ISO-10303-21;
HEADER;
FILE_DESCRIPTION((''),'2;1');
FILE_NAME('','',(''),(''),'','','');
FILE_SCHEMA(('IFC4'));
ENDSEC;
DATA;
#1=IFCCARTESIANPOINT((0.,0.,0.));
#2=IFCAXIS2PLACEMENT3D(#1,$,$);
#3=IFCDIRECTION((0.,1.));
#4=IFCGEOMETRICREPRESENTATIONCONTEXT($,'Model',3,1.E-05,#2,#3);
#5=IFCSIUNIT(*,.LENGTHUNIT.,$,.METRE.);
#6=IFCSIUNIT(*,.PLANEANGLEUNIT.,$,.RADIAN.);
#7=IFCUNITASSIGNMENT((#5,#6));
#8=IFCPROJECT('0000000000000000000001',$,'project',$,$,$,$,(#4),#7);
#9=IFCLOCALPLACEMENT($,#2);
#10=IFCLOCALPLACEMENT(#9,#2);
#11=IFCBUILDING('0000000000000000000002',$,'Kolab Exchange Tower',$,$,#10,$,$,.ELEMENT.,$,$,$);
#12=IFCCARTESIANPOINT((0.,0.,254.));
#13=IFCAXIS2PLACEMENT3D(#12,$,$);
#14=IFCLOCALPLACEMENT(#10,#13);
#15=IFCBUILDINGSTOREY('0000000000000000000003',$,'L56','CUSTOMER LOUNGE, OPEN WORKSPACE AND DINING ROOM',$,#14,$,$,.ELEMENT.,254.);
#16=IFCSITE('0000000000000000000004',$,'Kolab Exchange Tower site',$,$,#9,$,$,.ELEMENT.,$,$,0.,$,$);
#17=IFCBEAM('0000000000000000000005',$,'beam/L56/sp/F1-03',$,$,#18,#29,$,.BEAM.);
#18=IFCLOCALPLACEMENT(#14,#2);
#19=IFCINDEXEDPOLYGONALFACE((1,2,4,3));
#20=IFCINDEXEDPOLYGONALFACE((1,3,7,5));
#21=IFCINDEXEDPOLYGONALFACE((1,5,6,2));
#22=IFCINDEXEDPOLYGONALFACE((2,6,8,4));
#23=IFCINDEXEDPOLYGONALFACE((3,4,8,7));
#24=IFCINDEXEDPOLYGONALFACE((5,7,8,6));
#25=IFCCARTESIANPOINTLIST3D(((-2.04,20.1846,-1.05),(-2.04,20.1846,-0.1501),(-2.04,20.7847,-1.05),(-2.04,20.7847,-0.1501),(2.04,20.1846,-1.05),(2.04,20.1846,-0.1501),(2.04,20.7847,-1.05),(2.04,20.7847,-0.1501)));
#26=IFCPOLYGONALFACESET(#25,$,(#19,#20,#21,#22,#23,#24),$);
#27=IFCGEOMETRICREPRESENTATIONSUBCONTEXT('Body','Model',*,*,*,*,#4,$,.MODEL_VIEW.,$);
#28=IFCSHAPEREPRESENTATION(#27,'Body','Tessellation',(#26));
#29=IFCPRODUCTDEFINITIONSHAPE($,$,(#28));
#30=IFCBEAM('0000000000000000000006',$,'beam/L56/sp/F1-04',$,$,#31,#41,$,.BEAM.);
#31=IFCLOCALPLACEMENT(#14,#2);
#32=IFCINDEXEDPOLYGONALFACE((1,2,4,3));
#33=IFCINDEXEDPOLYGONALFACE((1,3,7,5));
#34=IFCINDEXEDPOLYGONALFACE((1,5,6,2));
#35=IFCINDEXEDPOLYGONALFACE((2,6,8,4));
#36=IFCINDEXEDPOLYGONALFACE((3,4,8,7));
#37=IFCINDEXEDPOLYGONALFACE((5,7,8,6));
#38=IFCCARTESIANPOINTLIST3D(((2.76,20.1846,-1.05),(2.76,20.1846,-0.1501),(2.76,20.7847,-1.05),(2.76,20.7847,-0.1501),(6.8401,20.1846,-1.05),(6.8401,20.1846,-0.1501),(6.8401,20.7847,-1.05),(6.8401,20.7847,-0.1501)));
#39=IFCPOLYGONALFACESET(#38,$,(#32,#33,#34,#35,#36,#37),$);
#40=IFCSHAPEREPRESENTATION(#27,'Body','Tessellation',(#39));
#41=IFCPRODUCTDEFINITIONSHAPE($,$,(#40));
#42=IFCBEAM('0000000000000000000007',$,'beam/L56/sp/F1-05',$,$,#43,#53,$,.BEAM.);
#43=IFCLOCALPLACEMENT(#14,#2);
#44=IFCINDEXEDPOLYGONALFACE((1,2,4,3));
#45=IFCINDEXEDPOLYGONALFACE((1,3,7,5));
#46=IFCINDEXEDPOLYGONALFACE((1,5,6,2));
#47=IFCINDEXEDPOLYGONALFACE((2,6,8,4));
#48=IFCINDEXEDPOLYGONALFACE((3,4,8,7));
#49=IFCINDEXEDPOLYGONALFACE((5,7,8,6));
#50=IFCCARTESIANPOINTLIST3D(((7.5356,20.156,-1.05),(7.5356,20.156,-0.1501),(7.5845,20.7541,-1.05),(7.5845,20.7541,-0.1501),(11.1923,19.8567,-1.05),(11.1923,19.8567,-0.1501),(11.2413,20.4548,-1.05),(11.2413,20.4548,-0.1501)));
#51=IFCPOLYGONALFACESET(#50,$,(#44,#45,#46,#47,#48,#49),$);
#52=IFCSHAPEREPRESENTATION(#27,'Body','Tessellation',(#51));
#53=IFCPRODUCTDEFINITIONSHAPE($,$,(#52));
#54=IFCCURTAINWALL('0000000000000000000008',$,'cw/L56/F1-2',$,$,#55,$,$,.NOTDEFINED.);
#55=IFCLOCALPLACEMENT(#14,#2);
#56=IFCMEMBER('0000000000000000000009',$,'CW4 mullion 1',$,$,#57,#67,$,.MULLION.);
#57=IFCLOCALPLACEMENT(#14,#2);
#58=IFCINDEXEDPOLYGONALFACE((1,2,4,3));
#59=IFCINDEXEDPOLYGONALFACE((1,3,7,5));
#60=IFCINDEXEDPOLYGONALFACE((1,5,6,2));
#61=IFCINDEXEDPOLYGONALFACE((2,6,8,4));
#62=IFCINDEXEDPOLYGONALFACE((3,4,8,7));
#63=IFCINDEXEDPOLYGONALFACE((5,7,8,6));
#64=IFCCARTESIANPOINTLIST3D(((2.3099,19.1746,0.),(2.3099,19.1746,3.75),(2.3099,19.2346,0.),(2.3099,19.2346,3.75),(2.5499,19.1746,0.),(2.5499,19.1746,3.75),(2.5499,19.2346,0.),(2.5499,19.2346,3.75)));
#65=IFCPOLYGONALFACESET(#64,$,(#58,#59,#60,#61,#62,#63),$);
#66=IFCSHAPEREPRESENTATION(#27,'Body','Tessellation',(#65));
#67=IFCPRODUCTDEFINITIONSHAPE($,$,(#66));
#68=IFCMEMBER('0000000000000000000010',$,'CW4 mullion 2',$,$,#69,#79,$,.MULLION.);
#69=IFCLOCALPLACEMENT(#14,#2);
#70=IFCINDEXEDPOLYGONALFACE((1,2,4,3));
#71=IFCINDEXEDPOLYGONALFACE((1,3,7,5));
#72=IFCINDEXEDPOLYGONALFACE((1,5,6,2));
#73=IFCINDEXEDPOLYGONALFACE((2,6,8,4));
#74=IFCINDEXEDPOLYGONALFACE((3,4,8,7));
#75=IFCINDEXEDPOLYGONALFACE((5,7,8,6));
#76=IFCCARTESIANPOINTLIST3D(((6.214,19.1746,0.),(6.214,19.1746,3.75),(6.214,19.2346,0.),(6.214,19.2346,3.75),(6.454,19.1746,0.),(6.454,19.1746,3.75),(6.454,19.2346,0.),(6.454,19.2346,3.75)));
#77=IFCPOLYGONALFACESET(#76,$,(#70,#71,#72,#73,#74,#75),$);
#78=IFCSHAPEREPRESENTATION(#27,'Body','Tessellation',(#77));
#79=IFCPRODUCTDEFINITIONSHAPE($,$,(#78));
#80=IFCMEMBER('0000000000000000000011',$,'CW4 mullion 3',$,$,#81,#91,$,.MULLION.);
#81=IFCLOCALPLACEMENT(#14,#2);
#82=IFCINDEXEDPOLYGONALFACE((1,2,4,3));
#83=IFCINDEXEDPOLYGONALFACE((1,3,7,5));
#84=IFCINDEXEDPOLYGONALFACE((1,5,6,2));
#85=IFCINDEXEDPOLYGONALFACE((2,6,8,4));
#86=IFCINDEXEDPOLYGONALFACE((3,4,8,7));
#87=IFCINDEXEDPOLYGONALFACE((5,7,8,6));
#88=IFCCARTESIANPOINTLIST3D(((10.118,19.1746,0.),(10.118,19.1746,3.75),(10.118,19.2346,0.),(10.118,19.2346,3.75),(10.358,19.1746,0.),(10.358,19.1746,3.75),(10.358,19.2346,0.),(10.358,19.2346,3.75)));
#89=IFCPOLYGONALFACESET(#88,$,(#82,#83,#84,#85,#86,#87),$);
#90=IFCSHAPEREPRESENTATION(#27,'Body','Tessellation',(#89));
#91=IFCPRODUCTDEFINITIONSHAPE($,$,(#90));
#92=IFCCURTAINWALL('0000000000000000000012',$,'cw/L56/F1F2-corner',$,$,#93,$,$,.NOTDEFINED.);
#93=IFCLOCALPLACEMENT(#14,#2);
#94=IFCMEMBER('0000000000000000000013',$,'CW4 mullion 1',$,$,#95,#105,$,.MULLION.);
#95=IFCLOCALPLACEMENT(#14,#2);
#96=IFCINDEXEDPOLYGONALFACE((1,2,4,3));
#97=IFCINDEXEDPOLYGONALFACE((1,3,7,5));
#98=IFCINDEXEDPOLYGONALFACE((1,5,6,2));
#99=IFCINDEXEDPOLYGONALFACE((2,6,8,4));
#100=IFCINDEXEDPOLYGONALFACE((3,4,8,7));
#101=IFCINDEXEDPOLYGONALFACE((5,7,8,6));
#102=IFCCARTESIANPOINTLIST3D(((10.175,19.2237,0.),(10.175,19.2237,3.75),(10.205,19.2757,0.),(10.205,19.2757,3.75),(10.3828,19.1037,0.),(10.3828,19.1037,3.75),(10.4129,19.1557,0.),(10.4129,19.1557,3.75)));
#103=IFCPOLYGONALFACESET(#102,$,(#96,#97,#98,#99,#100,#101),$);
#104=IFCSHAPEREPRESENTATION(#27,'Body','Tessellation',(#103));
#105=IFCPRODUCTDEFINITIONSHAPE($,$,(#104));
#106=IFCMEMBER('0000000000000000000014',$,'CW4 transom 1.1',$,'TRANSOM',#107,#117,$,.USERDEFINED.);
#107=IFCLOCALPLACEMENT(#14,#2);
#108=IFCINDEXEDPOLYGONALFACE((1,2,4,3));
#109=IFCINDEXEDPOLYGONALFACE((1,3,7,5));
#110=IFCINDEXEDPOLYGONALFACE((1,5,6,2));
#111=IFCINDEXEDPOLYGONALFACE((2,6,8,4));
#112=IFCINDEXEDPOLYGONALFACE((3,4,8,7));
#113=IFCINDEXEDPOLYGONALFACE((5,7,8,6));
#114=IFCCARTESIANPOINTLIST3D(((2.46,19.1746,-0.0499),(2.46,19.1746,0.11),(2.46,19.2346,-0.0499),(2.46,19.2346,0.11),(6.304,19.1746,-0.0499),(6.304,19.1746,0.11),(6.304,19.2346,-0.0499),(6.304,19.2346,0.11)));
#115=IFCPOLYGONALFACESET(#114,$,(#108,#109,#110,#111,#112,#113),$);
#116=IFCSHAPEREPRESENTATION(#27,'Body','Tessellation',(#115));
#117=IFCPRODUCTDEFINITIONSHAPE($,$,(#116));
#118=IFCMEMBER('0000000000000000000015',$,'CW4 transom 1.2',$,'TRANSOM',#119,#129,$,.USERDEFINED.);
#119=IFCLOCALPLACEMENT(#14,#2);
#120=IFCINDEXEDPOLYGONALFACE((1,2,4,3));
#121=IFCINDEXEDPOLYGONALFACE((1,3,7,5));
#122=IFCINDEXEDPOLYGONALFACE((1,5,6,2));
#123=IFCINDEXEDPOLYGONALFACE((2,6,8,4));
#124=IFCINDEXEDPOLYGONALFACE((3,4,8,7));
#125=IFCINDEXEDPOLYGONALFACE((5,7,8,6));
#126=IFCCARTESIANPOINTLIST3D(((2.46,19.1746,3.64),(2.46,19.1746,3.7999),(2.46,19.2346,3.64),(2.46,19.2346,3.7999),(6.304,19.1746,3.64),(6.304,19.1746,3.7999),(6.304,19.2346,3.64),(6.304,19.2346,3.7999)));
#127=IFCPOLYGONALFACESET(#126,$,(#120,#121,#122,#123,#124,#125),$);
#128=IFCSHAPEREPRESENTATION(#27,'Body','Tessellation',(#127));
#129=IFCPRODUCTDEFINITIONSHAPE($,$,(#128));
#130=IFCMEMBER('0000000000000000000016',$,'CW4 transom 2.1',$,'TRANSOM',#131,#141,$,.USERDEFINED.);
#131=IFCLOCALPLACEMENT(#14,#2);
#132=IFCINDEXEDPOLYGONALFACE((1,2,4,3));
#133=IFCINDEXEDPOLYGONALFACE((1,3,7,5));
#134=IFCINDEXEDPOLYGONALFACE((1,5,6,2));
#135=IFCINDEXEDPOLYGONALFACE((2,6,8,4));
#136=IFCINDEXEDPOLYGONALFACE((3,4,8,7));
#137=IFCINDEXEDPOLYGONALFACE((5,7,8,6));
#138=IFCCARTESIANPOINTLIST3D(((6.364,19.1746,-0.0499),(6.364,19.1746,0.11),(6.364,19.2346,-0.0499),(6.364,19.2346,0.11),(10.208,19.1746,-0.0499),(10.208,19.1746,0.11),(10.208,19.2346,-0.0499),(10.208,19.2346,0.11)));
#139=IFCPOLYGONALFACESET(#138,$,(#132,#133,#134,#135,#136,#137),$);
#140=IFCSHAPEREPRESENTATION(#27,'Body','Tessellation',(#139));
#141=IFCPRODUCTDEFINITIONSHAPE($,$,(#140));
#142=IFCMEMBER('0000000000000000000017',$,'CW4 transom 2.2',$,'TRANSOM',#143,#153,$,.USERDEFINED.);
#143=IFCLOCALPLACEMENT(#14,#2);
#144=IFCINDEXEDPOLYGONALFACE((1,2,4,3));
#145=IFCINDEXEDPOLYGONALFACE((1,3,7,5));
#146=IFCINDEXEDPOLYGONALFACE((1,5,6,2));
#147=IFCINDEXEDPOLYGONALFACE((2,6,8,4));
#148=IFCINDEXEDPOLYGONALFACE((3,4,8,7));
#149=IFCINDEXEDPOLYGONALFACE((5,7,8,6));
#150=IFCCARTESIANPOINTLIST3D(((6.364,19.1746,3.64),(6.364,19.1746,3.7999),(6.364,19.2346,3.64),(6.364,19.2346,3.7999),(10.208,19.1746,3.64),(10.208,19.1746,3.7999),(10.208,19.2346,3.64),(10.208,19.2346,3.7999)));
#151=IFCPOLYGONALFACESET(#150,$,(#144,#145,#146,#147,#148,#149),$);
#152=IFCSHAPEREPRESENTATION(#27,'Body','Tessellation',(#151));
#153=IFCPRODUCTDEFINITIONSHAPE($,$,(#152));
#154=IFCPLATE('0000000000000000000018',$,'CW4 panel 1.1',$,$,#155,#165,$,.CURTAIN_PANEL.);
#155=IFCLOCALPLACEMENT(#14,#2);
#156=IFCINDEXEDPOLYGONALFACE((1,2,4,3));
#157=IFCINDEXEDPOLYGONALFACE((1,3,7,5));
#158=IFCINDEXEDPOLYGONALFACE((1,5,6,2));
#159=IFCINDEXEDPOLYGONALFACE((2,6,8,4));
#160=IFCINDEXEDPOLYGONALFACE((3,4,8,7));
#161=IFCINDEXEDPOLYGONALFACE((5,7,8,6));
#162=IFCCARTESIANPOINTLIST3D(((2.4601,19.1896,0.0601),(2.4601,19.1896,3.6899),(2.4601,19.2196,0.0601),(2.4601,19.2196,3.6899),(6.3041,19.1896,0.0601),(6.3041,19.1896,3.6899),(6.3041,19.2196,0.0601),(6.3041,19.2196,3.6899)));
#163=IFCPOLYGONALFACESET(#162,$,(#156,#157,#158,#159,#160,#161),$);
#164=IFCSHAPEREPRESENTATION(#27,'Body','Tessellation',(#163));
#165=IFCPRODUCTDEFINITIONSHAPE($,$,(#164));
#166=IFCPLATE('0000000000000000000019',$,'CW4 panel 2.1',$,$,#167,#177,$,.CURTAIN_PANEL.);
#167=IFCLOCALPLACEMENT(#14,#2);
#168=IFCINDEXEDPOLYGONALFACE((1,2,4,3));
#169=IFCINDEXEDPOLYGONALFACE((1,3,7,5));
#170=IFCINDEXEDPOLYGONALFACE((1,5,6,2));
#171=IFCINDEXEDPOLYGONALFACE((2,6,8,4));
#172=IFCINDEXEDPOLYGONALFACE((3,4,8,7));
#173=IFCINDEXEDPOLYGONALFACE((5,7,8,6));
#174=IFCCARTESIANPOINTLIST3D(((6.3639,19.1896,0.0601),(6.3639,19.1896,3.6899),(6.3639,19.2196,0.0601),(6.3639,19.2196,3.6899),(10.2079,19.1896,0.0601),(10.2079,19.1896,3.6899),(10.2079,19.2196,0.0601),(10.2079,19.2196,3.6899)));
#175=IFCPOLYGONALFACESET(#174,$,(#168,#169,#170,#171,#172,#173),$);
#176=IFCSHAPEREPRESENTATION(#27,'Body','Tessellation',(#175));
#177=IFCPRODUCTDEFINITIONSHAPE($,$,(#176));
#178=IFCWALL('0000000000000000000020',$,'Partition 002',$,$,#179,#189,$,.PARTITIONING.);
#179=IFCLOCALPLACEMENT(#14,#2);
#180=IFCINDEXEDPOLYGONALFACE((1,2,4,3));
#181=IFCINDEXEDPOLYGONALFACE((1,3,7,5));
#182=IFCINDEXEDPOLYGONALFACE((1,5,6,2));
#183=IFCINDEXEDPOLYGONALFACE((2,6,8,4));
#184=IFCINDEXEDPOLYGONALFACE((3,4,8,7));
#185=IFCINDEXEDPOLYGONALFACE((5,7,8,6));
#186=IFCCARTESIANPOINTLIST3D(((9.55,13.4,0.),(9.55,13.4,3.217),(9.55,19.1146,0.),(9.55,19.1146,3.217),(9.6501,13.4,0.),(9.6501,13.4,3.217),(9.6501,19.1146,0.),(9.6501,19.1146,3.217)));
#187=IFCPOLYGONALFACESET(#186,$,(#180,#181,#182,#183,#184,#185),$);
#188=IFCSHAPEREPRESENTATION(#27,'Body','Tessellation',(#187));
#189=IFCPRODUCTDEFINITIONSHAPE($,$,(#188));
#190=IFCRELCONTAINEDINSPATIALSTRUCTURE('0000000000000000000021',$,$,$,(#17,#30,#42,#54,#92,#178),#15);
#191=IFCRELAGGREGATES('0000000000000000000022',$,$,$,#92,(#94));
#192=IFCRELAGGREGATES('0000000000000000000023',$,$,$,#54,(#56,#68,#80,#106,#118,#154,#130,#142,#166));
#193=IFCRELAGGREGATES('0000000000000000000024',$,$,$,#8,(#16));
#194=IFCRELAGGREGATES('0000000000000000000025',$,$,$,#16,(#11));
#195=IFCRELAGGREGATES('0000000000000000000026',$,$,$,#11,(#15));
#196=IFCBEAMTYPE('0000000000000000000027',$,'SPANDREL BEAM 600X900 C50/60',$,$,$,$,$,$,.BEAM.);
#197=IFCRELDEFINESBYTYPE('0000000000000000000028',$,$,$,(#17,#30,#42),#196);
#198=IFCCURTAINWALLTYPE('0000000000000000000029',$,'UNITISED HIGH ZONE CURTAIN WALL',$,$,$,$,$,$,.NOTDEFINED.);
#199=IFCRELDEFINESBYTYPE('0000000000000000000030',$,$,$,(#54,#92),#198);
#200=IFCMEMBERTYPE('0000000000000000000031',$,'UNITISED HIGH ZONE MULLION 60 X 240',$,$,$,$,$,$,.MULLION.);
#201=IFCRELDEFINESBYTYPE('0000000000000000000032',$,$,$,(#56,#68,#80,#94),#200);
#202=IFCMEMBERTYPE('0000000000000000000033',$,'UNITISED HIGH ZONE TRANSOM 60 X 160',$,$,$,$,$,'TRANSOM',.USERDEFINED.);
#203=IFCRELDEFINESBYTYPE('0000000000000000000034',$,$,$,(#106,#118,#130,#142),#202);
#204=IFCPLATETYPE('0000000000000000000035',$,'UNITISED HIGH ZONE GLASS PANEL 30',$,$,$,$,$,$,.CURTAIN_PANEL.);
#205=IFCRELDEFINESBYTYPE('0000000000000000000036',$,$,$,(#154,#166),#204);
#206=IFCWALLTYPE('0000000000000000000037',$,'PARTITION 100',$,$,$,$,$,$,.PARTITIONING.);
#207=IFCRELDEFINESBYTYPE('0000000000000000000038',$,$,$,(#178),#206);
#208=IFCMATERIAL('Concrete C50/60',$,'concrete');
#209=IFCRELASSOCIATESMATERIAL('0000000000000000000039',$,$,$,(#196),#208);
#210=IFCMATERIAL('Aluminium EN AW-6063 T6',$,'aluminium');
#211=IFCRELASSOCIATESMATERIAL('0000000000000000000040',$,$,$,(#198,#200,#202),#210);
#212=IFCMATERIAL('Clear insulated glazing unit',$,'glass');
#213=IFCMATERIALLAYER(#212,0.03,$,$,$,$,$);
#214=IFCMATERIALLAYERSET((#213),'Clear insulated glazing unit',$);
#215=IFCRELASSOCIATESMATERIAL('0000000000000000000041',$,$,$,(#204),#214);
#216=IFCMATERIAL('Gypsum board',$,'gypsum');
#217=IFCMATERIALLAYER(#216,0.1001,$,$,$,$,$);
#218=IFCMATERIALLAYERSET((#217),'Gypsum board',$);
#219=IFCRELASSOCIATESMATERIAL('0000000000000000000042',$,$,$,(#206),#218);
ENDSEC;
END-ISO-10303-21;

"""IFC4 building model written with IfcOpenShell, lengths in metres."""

from ifc_helpers import new_model, si_unit, direction, frame, frame_2d, origin, origin_2d, place, context, subcontext, project, spatial, rectangle, extrude, material, layer, layer_set, material_profile, profile_set, type_object, element, aggregate, save


model = new_model("IFC4")

# Units and contexts
model_context = context("Model", 3, precision=1e-05, world=origin(), true_north=direction((0.0, 1.0)))
body_context = subcontext(model_context, "Body", "Model", "MODEL_VIEW")
ifc_project = project(units=[si_unit("LENGTHUNIT", "METRE"), si_unit("PLANEANGLEUNIT", "RADIAN")], contexts=[model_context])

# Site, building, storey
site_placement = place(None, origin())
site = spatial("IfcSite", under=ifc_project, at=site_placement, Name="Kolab Exchange Tower site", CompositionType="ELEMENT", RefElevation=0.0)
building_placement = place(site_placement, origin())
building = spatial("IfcBuilding", under=site, at=building_placement, Name="Kolab Exchange Tower", CompositionType="ELEMENT")
storey_placement = place(building_placement, frame((0.0, 0.0, 254.0)))
storey = spatial("IfcBuildingStorey", under=building, at=storey_placement, Name="L56", Description="CUSTOMER LOUNGE, OPEN WORKSPACE AND DINING ROOM", CompositionType="ELEMENT", Elevation=254.0)

# Shared definitions
ifc_material_1 = material(Name="Concrete C50/60", Category="concrete")

# Beams
ifc_material_profile_1 = material_profile(ifc_material_1, rectangle(XDim=0.6001, YDim=0.8999, at=origin_2d()), Name="RC600X900")
ifc_profile_set_1 = profile_set([ifc_material_profile_1], Name="Concrete C50/60")
beam_type_1 = type_object("IfcBeamType", Name="SPANDREL BEAM 600X900 C50/60", PredefinedType="BEAM", material=ifc_profile_set_1)
for number, where, z_axis, x_axis, name in (
    (1, (-2.04, 20.4846, -0.6001), (1.0, 0.0, 0.0), (0.0, 1.0, 0.0), "beam/L56/sp/F1-03"),
    (2, (2.76, 20.4846, -0.6001), (1.0, 0.0, 0.0), (0.0, 1.0, 0.0), "beam/L56/sp/F1-04"),
):
    element("IfcBeam", number, at=place(storey_placement, frame(where, z_axis=z_axis, x_axis=x_axis)), inside=storey, type_object=beam_type_1, Name=name, PredefinedType="BEAM", context=body_context, shape_type="SweptSolid", body=[
        extrude(rectangle(XDim=0.6001, YDim=0.8999, at=origin_2d()), origin(), (0.0, 0.0, 1.0), 4.0801),
    ])
beam_1_placement = place(storey_placement, frame((7.5601, 20.4551, -0.6001), z_axis=(0.996667, -0.081581, 0.0), x_axis=(0.081581, 0.996667, 0.0)))
element("IfcBeam", 3, at=beam_1_placement, inside=storey, type_object=beam_type_1, Name="beam/L56/sp/F1-05", PredefinedType="BEAM", context=body_context, shape_type="SweptSolid", body=[
    extrude(rectangle(XDim=0.6001, YDim=0.8999, at=origin_2d()), origin(), (0.0, 0.0, 1.0), 3.6689),
])

# Curtain wall, members
ifc_material_2 = material(Name="Aluminium EN AW-6063 T6", Category="aluminium")
curtain_wall_type = type_object("IfcCurtainWallType", Name="UNITISED HIGH ZONE CURTAIN WALL", PredefinedType="NOTDEFINED", material=ifc_material_2)
curtain_wall_1_placement = place(storey_placement, origin())
curtain_wall_1 = element("IfcCurtainWall", 4, at=curtain_wall_1_placement, inside=storey, type_object=curtain_wall_type, Name="cw/L56/F1-2", PredefinedType="NOTDEFINED")
ifc_material_profile_2 = material_profile(ifc_material_2, rectangle(XDim=0.0601, YDim=0.24, at=origin_2d()), Name="RECT 60X240")
ifc_profile_set_2 = profile_set([ifc_material_profile_2], Name="Aluminium EN AW-6063 T6")
member_type_1 = type_object("IfcMemberType", Name="UNITISED HIGH ZONE MULLION 60 X 240", PredefinedType="MULLION", material=ifc_profile_set_2)
member_1_placement = place(storey_placement, frame((2.4299, 19.2046, 0.0), z_axis=(0.0, 0.0, 1.0), x_axis=(0.0, 1.0, 0.0)))
member_1 = element("IfcMember", 5, at=member_1_placement, type_object=member_type_1, Name="CW4 mullion 1", PredefinedType="MULLION", context=body_context, shape_type="SweptSolid", body=[
    extrude(rectangle(XDim=0.0601, YDim=0.24, at=origin_2d()), origin(), (0.0, 0.0, 1.0), 3.75),
])
member_2_placement = place(storey_placement, frame((6.334, 19.2046, 0.0), z_axis=(0.0, 0.0, 1.0), x_axis=(0.0, 1.0, 0.0)))
member_2 = element("IfcMember", 6, at=member_2_placement, type_object=member_type_1, Name="CW4 mullion 2", PredefinedType="MULLION", context=body_context, shape_type="SweptSolid", body=[
    extrude(rectangle(XDim=0.0601, YDim=0.24, at=origin_2d()), origin(), (0.0, 0.0, 1.0), 3.75),
])
member_3_placement = place(storey_placement, frame((10.238, 19.2046, 0.0), z_axis=(0.0, 0.0, 1.0), x_axis=(0.0, 1.0, 0.0)))
member_3 = element("IfcMember", 7, at=member_3_placement, type_object=member_type_1, Name="CW4 mullion 3", PredefinedType="MULLION", context=body_context, shape_type="SweptSolid", body=[
    extrude(rectangle(XDim=0.0601, YDim=0.24, at=origin_2d()), origin(), (0.0, 0.0, 1.0), 3.75),
])

# Curtain wall, member
curtain_wall_2_placement = place(storey_placement, origin())
curtain_wall_2 = element("IfcCurtainWall", 8, at=curtain_wall_2_placement, inside=storey, type_object=curtain_wall_type, Name="cw/L56/F1F2-corner", PredefinedType="NOTDEFINED")
member_4_placement = place(storey_placement, frame((10.2939, 19.1897, 0.0), z_axis=(0.0, 0.0, 1.0), x_axis=(0.5, 0.866025, 0.0)))
member_4 = element("IfcMember", 9, at=member_4_placement, type_object=member_type_1, Name="CW4 mullion 1", PredefinedType="MULLION", context=body_context, shape_type="SweptSolid", body=[
    extrude(rectangle(XDim=0.0601, YDim=0.24, at=origin_2d()), origin(), (0.0, 0.0, 1.0), 3.75),
])
aggregate(curtain_wall_2, [member_4])

# Members
ifc_material_profile_3 = material_profile(ifc_material_2, rectangle(XDim=0.0601, YDim=0.1599, at=origin_2d()), Name="RECT 60X160")
ifc_profile_set_3 = profile_set([ifc_material_profile_3], Name="Aluminium EN AW-6063 T6")
member_type_2 = type_object("IfcMemberType", Name="UNITISED HIGH ZONE TRANSOM 60 X 160", ElementType="TRANSOM", PredefinedType="USERDEFINED", material=ifc_profile_set_3)
member_5_placement = place(storey_placement, frame((2.46, 19.2046, 0.03), z_axis=(1.0, 0.0, 0.0), x_axis=(0.0, 1.0, 0.0)))
member_5 = element("IfcMember", 10, at=member_5_placement, type_object=member_type_2, Name="CW4 transom 1.1", ObjectType="TRANSOM", PredefinedType="USERDEFINED", context=body_context, shape_type="SweptSolid", body=[
    extrude(rectangle(XDim=0.0601, YDim=0.1599, at=origin_2d()), origin(), (0.0, 0.0, 1.0), 3.844),
])
member_6_placement = place(storey_placement, frame((2.46, 19.2046, 3.72), z_axis=(1.0, 0.0, 0.0), x_axis=(0.0, 1.0, 0.0)))
member_6 = element("IfcMember", 11, at=member_6_placement, type_object=member_type_2, Name="CW4 transom 1.2", ObjectType="TRANSOM", PredefinedType="USERDEFINED", context=body_context, shape_type="SweptSolid", body=[
    extrude(rectangle(XDim=0.0601, YDim=0.1599, at=origin_2d()), origin(), (0.0, 0.0, 1.0), 3.844),
])
member_7_placement = place(storey_placement, frame((6.364, 19.2046, 0.03), z_axis=(1.0, 0.0, 0.0), x_axis=(0.0, 1.0, 0.0)))
member_7 = element("IfcMember", 12, at=member_7_placement, type_object=member_type_2, Name="CW4 transom 2.1", ObjectType="TRANSOM", PredefinedType="USERDEFINED", context=body_context, shape_type="SweptSolid", body=[
    extrude(rectangle(XDim=0.0601, YDim=0.1599, at=origin_2d()), origin(), (0.0, 0.0, 1.0), 3.844),
])
member_8_placement = place(storey_placement, frame((6.364, 19.2046, 3.72), z_axis=(1.0, 0.0, 0.0), x_axis=(0.0, 1.0, 0.0)))
member_8 = element("IfcMember", 13, at=member_8_placement, type_object=member_type_2, Name="CW4 transom 2.2", ObjectType="TRANSOM", PredefinedType="USERDEFINED", context=body_context, shape_type="SweptSolid", body=[
    extrude(rectangle(XDim=0.0601, YDim=0.1599, at=origin_2d()), origin(), (0.0, 0.0, 1.0), 3.844),
])

# Plates
ifc_material_3 = material(Name="Clear insulated glazing unit", Category="glass")
ifc_layer_1 = layer(ifc_material_3, 0.03)
ifc_layer_set_1 = layer_set([ifc_layer_1], Name="Clear insulated glazing unit")
plate_type = type_object("IfcPlateType", Name="UNITISED HIGH ZONE GLASS PANEL 30", PredefinedType="CURTAIN_PANEL", material=ifc_layer_set_1)
plate_1_placement = place(storey_placement, frame((4.3821, 19.2046, 0.0601), z_axis=(0.0, 0.0, 1.0), x_axis=(1.0, 0.0, 0.0)))
plate_1 = element("IfcPlate", 14, at=plate_1_placement, type_object=plate_type, Name="CW4 panel 1.1", PredefinedType="CURTAIN_PANEL", context=body_context, shape_type="SweptSolid", body=[
    extrude(rectangle(XDim=3.844, YDim=0.03, at=origin_2d()), origin(), (0.0, 0.0, 1.0), 3.6299),
])
plate_2_placement = place(storey_placement, frame((8.2859, 19.2046, 0.0601), z_axis=(0.0, 0.0, 1.0), x_axis=(1.0, 0.0, 0.0)))
plate_2 = element("IfcPlate", 15, at=plate_2_placement, type_object=plate_type, Name="CW4 panel 2.1", PredefinedType="CURTAIN_PANEL", context=body_context, shape_type="SweptSolid", body=[
    extrude(rectangle(XDim=3.844, YDim=0.03, at=origin_2d()), origin(), (0.0, 0.0, 1.0), 3.6299),
])
aggregate(curtain_wall_1, [member_1, member_2, member_3, member_5, member_6, plate_1, member_7, member_8, plate_2])

# Wall
ifc_material_4 = material(Name="Gypsum board", Category="gypsum")
ifc_layer_2 = layer(ifc_material_4, 0.1001)
ifc_layer_set_2 = layer_set([ifc_layer_2], Name="Gypsum board")
wall_type_1 = type_object("IfcWallType", Name="PARTITION 100", PredefinedType="PARTITIONING", material=ifc_layer_set_2)
wall_1_placement = place(storey_placement, frame((9.6001, 13.3999, 0.0), z_axis=(0.0, 0.0, 1.0), x_axis=(0.0, 1.0, 0.0)))
element("IfcWall", 16, at=wall_1_placement, inside=storey, type_object=wall_type_1, Name="Partition 002", PredefinedType="PARTITIONING", context=body_context, shape_type="SweptSolid", body=[
    extrude(rectangle(XDim=5.7146, YDim=0.1001, at=frame_2d((2.8574, 0.0))), origin(), (0.0, 0.0, 1.0), 3.217),
])

save(model, "model.ifc")
